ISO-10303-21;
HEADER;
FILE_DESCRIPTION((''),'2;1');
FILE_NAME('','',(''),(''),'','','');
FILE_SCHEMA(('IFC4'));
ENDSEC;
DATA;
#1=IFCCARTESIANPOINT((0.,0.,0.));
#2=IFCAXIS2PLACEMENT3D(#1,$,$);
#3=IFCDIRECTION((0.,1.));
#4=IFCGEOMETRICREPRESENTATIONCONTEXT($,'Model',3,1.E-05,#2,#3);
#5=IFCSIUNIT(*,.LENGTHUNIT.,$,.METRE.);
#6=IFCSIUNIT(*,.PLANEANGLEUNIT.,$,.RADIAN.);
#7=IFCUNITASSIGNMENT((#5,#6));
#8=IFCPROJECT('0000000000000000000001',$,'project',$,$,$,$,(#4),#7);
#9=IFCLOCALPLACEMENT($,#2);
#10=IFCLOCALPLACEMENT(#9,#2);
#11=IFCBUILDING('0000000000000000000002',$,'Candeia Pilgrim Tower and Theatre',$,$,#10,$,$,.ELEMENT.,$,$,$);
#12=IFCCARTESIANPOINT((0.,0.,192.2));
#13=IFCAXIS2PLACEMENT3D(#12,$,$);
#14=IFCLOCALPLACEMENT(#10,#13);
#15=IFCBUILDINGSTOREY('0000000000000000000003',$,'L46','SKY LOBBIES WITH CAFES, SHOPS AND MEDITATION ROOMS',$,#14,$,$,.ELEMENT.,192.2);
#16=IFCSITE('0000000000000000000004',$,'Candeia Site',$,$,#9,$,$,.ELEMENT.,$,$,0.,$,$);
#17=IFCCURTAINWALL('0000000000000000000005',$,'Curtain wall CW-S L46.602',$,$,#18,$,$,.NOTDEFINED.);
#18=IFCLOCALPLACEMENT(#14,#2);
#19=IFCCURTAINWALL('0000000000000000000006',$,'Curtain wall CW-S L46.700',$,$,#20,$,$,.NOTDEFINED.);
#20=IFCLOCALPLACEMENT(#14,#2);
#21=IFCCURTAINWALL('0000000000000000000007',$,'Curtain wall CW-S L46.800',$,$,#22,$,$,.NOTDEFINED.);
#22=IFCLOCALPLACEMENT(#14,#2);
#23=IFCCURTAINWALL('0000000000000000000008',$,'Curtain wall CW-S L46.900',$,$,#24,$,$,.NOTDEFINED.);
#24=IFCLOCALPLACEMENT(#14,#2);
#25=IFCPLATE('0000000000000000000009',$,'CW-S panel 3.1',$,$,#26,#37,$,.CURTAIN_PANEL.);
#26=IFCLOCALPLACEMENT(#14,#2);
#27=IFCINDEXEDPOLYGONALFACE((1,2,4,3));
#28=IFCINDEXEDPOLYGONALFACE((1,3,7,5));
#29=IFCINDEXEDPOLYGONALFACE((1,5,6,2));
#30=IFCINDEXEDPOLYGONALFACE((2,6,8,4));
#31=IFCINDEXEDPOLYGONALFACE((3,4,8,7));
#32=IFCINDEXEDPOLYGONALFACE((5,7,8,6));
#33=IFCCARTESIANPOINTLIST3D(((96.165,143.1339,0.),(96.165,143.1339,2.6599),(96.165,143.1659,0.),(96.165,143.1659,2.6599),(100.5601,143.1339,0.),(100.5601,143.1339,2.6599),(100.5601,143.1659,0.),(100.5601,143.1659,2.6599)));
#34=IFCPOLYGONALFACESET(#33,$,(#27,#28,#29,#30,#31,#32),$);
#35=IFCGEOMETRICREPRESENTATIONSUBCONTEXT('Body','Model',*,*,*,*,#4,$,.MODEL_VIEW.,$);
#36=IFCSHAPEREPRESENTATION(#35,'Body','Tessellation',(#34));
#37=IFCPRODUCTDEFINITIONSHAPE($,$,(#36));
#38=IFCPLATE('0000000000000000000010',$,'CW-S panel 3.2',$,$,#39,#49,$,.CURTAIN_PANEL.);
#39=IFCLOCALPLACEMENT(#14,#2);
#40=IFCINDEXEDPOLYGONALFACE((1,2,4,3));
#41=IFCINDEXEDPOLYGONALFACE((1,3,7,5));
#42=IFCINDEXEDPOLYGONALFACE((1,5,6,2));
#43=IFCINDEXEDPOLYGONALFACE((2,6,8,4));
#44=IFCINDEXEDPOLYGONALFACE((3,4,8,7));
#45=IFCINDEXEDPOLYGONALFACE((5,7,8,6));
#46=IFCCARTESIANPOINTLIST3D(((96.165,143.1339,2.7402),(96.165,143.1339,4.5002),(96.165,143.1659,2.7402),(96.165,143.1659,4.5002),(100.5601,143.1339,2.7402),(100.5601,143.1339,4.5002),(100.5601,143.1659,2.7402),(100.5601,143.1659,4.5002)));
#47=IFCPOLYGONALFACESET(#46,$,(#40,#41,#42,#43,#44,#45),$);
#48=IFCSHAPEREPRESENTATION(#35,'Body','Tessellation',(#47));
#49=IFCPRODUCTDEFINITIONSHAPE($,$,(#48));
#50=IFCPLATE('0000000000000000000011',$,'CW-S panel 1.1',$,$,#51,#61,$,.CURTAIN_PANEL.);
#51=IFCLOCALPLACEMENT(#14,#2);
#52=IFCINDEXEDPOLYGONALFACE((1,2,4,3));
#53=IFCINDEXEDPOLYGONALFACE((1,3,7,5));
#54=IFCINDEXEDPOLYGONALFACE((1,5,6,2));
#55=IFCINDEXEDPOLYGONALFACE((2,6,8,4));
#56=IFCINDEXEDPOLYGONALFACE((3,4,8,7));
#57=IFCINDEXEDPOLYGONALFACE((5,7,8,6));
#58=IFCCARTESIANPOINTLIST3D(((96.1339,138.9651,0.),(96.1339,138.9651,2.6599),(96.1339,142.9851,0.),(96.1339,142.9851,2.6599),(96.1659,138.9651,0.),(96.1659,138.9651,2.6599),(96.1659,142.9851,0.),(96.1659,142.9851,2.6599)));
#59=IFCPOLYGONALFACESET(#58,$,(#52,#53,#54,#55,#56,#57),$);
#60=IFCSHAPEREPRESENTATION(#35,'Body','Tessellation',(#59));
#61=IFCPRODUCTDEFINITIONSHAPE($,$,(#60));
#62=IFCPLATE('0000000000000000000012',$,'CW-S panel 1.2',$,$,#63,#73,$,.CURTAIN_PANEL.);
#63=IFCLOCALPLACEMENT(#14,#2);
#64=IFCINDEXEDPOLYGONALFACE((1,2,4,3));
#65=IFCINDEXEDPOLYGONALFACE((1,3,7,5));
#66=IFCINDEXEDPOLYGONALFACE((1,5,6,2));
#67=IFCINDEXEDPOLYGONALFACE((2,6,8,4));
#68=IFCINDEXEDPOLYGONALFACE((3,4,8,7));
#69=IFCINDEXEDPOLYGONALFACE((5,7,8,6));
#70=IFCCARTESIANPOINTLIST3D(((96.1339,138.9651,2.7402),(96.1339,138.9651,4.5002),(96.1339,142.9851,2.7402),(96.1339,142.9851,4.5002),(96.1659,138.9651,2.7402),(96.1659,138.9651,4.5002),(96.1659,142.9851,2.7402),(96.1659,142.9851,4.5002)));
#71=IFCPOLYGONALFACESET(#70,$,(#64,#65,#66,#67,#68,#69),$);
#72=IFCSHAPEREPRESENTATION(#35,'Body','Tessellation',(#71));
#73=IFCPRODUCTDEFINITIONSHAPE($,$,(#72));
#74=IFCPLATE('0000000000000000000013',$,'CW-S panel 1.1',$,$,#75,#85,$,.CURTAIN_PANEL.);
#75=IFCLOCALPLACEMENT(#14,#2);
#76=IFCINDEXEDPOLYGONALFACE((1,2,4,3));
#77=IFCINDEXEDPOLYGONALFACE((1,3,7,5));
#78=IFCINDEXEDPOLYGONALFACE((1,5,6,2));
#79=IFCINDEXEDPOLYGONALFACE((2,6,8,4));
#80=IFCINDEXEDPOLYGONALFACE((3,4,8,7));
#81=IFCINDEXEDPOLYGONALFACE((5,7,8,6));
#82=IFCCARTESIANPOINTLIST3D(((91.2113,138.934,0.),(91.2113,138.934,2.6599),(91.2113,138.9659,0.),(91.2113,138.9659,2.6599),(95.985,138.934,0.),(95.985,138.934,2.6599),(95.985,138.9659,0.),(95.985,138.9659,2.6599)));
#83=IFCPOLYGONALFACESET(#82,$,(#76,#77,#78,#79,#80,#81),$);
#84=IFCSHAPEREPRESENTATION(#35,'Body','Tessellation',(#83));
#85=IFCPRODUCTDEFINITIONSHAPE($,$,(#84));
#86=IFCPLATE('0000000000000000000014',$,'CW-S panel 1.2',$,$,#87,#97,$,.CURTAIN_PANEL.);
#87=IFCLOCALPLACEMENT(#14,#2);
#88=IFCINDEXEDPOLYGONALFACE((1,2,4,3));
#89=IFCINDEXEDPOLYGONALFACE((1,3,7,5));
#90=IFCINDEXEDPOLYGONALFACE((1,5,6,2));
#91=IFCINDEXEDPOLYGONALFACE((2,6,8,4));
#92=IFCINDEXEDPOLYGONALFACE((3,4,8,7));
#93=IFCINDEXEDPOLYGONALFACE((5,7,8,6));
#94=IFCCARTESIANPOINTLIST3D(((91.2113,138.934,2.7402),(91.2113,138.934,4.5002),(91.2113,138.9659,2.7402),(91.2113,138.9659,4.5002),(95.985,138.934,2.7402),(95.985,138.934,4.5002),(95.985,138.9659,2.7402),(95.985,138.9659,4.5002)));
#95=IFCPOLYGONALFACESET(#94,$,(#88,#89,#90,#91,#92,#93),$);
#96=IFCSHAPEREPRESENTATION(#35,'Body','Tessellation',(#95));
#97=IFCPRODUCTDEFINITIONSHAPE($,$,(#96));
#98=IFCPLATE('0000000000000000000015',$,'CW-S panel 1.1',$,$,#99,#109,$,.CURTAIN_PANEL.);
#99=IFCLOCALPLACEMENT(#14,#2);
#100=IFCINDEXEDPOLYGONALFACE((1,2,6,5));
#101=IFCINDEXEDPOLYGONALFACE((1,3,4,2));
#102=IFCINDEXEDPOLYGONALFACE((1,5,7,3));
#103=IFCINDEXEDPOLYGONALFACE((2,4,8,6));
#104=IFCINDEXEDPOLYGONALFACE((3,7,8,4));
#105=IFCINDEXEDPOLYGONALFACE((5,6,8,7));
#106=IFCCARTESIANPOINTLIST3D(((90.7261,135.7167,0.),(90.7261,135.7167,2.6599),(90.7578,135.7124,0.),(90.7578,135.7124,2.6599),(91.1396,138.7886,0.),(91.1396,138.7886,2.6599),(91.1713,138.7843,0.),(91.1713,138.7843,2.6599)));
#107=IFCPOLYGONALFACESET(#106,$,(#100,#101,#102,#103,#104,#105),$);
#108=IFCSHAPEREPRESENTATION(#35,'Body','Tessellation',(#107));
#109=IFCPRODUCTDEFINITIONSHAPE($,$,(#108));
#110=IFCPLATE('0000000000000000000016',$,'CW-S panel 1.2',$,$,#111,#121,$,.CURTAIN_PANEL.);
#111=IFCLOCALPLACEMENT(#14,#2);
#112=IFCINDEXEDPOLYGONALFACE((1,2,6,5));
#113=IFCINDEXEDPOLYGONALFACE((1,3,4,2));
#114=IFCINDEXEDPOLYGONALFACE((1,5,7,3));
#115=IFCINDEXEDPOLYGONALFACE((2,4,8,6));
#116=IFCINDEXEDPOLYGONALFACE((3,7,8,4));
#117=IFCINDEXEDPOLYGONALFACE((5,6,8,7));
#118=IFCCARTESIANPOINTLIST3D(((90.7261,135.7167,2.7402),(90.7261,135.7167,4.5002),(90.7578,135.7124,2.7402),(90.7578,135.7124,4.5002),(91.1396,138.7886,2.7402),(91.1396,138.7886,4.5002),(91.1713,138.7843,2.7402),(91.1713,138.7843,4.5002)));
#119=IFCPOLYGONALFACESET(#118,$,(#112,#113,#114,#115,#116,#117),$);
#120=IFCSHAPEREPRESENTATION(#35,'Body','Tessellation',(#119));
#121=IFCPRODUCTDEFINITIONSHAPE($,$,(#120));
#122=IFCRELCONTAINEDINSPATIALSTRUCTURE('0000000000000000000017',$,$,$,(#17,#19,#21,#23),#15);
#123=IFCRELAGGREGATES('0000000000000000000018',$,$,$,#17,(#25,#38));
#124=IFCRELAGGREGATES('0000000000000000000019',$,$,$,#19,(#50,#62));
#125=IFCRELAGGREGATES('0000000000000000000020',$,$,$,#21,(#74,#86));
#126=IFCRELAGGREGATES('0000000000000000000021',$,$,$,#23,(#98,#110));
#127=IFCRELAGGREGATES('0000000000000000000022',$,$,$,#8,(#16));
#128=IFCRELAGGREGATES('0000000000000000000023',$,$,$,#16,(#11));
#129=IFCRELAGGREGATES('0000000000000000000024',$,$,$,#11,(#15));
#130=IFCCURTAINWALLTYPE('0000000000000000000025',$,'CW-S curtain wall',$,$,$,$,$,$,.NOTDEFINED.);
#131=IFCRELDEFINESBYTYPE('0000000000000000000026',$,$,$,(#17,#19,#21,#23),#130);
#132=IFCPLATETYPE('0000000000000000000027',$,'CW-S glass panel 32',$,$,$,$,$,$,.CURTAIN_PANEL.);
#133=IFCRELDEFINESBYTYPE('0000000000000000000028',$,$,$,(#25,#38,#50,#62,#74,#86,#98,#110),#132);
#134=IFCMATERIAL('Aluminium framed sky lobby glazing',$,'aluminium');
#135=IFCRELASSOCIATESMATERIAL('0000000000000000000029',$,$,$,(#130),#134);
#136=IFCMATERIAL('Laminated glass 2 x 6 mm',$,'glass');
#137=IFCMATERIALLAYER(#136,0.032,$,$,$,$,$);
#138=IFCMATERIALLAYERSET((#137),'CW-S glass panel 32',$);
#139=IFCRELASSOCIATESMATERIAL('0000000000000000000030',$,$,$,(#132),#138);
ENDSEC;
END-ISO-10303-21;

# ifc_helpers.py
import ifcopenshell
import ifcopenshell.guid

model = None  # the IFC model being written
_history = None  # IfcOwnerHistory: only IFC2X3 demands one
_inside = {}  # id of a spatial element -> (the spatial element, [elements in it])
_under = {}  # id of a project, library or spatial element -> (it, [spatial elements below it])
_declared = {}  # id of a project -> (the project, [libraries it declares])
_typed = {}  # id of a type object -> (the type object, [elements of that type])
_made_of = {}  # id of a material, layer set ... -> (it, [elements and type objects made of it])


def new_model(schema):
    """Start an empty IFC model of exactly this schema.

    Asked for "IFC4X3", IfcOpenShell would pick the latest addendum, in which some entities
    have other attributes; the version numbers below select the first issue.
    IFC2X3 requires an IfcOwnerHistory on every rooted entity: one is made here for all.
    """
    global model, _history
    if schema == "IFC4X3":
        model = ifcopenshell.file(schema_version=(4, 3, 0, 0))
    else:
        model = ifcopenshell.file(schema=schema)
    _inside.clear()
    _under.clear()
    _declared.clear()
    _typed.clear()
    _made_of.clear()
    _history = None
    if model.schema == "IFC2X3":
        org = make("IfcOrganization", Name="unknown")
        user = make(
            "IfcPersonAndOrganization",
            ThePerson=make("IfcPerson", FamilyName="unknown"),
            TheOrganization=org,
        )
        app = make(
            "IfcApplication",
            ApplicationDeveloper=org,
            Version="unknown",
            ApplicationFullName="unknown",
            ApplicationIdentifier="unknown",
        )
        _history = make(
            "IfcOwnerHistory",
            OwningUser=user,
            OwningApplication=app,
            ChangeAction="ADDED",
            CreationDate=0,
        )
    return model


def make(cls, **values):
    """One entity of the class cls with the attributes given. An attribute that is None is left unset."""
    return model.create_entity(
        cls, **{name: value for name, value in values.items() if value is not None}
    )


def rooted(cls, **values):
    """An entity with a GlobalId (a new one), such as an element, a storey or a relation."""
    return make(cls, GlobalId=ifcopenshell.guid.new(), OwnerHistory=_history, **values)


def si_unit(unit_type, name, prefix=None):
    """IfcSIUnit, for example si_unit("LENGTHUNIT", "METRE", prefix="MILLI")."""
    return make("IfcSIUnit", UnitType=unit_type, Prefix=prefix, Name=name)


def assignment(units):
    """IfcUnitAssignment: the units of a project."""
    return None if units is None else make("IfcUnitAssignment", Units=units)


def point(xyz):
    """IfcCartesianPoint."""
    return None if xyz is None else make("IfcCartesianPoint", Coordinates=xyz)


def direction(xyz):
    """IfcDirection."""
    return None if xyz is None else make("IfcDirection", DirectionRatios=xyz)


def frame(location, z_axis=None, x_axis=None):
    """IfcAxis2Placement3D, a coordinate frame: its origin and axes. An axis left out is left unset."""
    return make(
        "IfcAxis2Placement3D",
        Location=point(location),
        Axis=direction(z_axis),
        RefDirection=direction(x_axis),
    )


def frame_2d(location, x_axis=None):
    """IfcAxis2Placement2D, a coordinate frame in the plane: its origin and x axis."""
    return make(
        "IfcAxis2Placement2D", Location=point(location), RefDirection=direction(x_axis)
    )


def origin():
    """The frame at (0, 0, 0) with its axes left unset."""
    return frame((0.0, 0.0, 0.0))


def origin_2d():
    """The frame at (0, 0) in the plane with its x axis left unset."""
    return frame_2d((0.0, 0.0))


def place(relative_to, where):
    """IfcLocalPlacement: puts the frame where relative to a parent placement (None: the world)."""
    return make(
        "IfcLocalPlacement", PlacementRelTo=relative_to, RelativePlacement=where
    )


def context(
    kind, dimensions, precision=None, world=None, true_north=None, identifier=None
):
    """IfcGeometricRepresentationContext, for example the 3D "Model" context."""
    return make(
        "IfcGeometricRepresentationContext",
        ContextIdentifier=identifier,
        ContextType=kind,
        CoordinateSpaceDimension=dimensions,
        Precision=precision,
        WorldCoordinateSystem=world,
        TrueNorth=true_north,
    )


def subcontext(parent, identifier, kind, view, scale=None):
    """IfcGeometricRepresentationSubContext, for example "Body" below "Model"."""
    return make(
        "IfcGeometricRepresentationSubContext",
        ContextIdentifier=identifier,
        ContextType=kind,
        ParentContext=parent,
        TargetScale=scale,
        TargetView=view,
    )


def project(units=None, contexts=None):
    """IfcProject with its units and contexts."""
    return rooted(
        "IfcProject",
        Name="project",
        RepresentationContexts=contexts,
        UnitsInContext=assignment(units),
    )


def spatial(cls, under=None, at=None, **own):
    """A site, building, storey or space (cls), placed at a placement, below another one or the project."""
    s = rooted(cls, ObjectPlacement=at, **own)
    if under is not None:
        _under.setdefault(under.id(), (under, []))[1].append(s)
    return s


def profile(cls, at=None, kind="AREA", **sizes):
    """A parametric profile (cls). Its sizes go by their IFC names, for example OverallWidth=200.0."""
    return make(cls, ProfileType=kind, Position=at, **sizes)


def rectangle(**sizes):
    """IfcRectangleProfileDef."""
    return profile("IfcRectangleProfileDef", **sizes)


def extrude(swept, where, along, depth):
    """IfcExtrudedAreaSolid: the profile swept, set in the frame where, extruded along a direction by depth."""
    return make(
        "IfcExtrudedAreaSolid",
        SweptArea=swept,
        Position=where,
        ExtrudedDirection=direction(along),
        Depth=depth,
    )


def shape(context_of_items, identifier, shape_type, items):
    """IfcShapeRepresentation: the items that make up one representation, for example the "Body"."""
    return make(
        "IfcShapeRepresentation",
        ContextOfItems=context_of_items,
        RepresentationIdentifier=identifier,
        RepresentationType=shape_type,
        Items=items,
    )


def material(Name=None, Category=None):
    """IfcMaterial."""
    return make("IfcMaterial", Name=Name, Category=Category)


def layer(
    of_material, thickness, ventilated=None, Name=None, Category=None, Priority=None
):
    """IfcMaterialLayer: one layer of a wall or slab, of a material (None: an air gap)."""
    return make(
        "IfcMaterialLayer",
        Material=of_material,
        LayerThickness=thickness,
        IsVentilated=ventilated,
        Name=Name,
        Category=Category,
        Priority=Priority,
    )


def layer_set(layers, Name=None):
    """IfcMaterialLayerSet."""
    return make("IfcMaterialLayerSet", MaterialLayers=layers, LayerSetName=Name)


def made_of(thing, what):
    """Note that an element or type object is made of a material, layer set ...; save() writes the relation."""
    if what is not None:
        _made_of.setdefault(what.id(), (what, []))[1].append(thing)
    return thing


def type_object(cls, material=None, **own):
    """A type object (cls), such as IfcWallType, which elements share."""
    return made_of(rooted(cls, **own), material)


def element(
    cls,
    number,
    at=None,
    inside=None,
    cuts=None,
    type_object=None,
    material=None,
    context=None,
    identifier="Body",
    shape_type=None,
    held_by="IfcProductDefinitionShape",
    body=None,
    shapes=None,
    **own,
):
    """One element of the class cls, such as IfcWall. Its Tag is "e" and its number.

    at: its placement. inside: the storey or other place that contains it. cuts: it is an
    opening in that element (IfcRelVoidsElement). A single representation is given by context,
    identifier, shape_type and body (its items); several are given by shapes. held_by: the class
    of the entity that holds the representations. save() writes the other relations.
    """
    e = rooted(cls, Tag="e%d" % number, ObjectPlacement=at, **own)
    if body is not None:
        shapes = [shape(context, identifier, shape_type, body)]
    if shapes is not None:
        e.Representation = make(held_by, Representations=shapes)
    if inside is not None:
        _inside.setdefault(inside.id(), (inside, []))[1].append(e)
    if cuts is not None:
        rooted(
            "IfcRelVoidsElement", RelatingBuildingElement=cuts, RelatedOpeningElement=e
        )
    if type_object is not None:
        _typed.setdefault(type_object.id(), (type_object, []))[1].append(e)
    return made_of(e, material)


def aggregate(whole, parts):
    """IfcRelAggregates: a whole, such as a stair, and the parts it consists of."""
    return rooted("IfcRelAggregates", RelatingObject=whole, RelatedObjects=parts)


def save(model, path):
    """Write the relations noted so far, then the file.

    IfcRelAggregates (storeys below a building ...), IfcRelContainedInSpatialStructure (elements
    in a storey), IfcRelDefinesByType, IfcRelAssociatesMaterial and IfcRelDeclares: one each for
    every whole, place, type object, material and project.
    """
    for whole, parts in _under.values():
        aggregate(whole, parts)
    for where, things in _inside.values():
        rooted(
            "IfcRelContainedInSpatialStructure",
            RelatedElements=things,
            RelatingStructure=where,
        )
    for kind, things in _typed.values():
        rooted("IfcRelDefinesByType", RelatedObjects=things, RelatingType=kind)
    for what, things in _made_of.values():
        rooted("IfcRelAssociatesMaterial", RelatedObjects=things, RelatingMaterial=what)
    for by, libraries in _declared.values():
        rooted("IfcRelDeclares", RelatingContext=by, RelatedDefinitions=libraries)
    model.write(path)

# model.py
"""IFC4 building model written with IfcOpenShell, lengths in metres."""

from ifc_helpers import new_model, si_unit, direction, frame, origin, origin_2d, place, context, subcontext, project, spatial, rectangle, extrude, material, layer, layer_set, type_object, element, aggregate, save


model = new_model("IFC4")

# Units and contexts
model_context = context("Model", 3, precision=1e-05, world=origin(), true_north=direction((0.0, 1.0)))
body_context = subcontext(model_context, "Body", "Model", "MODEL_VIEW")
ifc_project = project(units=[si_unit("LENGTHUNIT", "METRE"), si_unit("PLANEANGLEUNIT", "RADIAN")], contexts=[model_context])

# Site, building, storey
site_placement = place(None, origin())
site = spatial("IfcSite", under=ifc_project, at=site_placement, Name="Candeia Site", CompositionType="ELEMENT", RefElevation=0.0)
building_placement = place(site_placement, origin())
building = spatial("IfcBuilding", under=site, at=building_placement, Name="Candeia Pilgrim Tower and Theatre", CompositionType="ELEMENT")
storey_placement = place(building_placement, frame((0.0, 0.0, 192.2)))
storey = spatial("IfcBuildingStorey", under=building, at=storey_placement, Name="L46", Description="SKY LOBBIES WITH CAFES, SHOPS AND MEDITATION ROOMS", CompositionType="ELEMENT", Elevation=192.2)

# Curtain wall
ifc_material_1 = material(Name="Aluminium framed sky lobby glazing", Category="aluminium")
curtain_wall_type = type_object("IfcCurtainWallType", Name="CW-S curtain wall", PredefinedType="NOTDEFINED", material=ifc_material_1)
curtain_wall_1_placement = place(storey_placement, origin())
curtain_wall_1 = element("IfcCurtainWall", 1, at=curtain_wall_1_placement, inside=storey, type_object=curtain_wall_type, Name="Curtain wall CW-S L46.602", PredefinedType="NOTDEFINED")

# Curtain walls
curtain_wall_2_placement = place(storey_placement, origin())
curtain_wall_2 = element("IfcCurtainWall", 2, at=curtain_wall_2_placement, inside=storey, type_object=curtain_wall_type, Name="Curtain wall CW-S L46.700", PredefinedType="NOTDEFINED")
curtain_wall_3_placement = place(storey_placement, origin())
curtain_wall_3 = element("IfcCurtainWall", 3, at=curtain_wall_3_placement, inside=storey, type_object=curtain_wall_type, Name="Curtain wall CW-S L46.800", PredefinedType="NOTDEFINED")

# Curtain wall
curtain_wall_4_placement = place(storey_placement, origin())
curtain_wall_4 = element("IfcCurtainWall", 4, at=curtain_wall_4_placement, inside=storey, type_object=curtain_wall_type, Name="Curtain wall CW-S L46.900", PredefinedType="NOTDEFINED")

# Plates
ifc_material_2 = material(Name="Laminated glass 2 x 6 mm", Category="glass")
ifc_layer = layer(ifc_material_2, 0.032)
ifc_layer_set = layer_set([ifc_layer], Name="CW-S glass panel 32")
plate_type = type_object("IfcPlateType", Name="CW-S glass panel 32", PredefinedType="CURTAIN_PANEL", material=ifc_layer_set)
plate_1_placement = place(storey_placement, frame((98.3625, 143.1499, 0.0), z_axis=(0.0, 0.0, 1.0), x_axis=(-1.0, 0.0, 0.0)))
plate_1 = element("IfcPlate", 5, at=plate_1_placement, type_object=plate_type, Name="CW-S panel 3.1", PredefinedType="CURTAIN_PANEL", context=body_context, shape_type="SweptSolid", body=[
    extrude(rectangle(XDim=4.395, YDim=0.032, at=origin_2d()), origin(), (0.0, 0.0, 1.0), 2.6599),
])
plate_2_placement = place(storey_placement, frame((98.3625, 143.1499, 2.7402), z_axis=(0.0, 0.0, 1.0), x_axis=(-1.0, 0.0, 0.0)))
plate_2 = element("IfcPlate", 6, at=plate_2_placement, type_object=plate_type, Name="CW-S panel 3.2", PredefinedType="CURTAIN_PANEL", context=body_context, shape_type="SweptSolid", body=[
    extrude(rectangle(XDim=4.395, YDim=0.032, at=origin_2d()), origin(), (0.0, 0.0, 1.0), 1.76),
])
aggregate(curtain_wall_1, [plate_1, plate_2])
plate_3_placement = place(storey_placement, frame((96.1499, 140.9751, 0.0), z_axis=(0.0, 0.0, 1.0), x_axis=(0.0, -1.0, 0.0)))
plate_3 = element("IfcPlate", 7, at=plate_3_placement, type_object=plate_type, Name="CW-S panel 1.1", PredefinedType="CURTAIN_PANEL", context=body_context, shape_type="SweptSolid", body=[
    extrude(rectangle(XDim=4.02, YDim=0.032, at=origin_2d()), origin(), (0.0, 0.0, 1.0), 2.6599),
])
plate_4_placement = place(storey_placement, frame((96.1499, 140.9751, 2.7402), z_axis=(0.0, 0.0, 1.0), x_axis=(0.0, -1.0, 0.0)))
plate_4 = element("IfcPlate", 8, at=plate_4_placement, type_object=plate_type, Name="CW-S panel 1.2", PredefinedType="CURTAIN_PANEL", context=body_context, shape_type="SweptSolid", body=[
    extrude(rectangle(XDim=4.02, YDim=0.032, at=origin_2d()), origin(), (0.0, 0.0, 1.0), 1.76),
])
aggregate(curtain_wall_2, [plate_3, plate_4])
plate_5_placement = place(storey_placement, frame((93.5981, 138.95, 0.0), z_axis=(0.0, 0.0, 1.0), x_axis=(-1.0, 0.0, 0.0)))
plate_5 = element("IfcPlate", 9, at=plate_5_placement, type_object=plate_type, Name="CW-S panel 1.1", PredefinedType="CURTAIN_PANEL", context=body_context, shape_type="SweptSolid", body=[
    extrude(rectangle(XDim=4.7737, YDim=0.032, at=origin_2d()), origin(), (0.0, 0.0, 1.0), 2.6599),
])
plate_6_placement = place(storey_placement, frame((93.5981, 138.95, 2.7402), z_axis=(0.0, 0.0, 1.0), x_axis=(-1.0, 0.0, 0.0)))
plate_6 = element("IfcPlate", 10, at=plate_6_placement, type_object=plate_type, Name="CW-S panel 1.2", PredefinedType="CURTAIN_PANEL", context=body_context, shape_type="SweptSolid", body=[
    extrude(rectangle(XDim=4.7737, YDim=0.032, at=origin_2d()), origin(), (0.0, 0.0, 1.0), 1.76),
])
aggregate(curtain_wall_3, [plate_5, plate_6])
plate_7_placement = place(storey_placement, frame((90.9487, 137.2505, 0.0), z_axis=(0.0, 0.0, 1.0), x_axis=(-0.133412, -0.991061, 0.0)))
plate_7 = element("IfcPlate", 11, at=plate_7_placement, type_object=plate_type, Name="CW-S panel 1.1", PredefinedType="CURTAIN_PANEL", context=body_context, shape_type="SweptSolid", body=[
    extrude(rectangle(XDim=3.0996, YDim=0.032, at=origin_2d()), origin(), (0.0, 0.0, 1.0), 2.6599),
])
plate_8_placement = place(storey_placement, frame((90.9487, 137.2505, 2.7402), z_axis=(0.0, 0.0, 1.0), x_axis=(-0.133412, -0.991061, 0.0)))
plate_8 = element("IfcPlate", 12, at=plate_8_placement, type_object=plate_type, Name="CW-S panel 1.2", PredefinedType="CURTAIN_PANEL", context=body_context, shape_type="SweptSolid", body=[
    extrude(rectangle(XDim=3.0996, YDim=0.032, at=origin_2d()), origin(), (0.0, 0.0, 1.0), 1.76),
])
aggregate(curtain_wall_4, [plate_7, plate_8])

save(model, "model.ifc")
